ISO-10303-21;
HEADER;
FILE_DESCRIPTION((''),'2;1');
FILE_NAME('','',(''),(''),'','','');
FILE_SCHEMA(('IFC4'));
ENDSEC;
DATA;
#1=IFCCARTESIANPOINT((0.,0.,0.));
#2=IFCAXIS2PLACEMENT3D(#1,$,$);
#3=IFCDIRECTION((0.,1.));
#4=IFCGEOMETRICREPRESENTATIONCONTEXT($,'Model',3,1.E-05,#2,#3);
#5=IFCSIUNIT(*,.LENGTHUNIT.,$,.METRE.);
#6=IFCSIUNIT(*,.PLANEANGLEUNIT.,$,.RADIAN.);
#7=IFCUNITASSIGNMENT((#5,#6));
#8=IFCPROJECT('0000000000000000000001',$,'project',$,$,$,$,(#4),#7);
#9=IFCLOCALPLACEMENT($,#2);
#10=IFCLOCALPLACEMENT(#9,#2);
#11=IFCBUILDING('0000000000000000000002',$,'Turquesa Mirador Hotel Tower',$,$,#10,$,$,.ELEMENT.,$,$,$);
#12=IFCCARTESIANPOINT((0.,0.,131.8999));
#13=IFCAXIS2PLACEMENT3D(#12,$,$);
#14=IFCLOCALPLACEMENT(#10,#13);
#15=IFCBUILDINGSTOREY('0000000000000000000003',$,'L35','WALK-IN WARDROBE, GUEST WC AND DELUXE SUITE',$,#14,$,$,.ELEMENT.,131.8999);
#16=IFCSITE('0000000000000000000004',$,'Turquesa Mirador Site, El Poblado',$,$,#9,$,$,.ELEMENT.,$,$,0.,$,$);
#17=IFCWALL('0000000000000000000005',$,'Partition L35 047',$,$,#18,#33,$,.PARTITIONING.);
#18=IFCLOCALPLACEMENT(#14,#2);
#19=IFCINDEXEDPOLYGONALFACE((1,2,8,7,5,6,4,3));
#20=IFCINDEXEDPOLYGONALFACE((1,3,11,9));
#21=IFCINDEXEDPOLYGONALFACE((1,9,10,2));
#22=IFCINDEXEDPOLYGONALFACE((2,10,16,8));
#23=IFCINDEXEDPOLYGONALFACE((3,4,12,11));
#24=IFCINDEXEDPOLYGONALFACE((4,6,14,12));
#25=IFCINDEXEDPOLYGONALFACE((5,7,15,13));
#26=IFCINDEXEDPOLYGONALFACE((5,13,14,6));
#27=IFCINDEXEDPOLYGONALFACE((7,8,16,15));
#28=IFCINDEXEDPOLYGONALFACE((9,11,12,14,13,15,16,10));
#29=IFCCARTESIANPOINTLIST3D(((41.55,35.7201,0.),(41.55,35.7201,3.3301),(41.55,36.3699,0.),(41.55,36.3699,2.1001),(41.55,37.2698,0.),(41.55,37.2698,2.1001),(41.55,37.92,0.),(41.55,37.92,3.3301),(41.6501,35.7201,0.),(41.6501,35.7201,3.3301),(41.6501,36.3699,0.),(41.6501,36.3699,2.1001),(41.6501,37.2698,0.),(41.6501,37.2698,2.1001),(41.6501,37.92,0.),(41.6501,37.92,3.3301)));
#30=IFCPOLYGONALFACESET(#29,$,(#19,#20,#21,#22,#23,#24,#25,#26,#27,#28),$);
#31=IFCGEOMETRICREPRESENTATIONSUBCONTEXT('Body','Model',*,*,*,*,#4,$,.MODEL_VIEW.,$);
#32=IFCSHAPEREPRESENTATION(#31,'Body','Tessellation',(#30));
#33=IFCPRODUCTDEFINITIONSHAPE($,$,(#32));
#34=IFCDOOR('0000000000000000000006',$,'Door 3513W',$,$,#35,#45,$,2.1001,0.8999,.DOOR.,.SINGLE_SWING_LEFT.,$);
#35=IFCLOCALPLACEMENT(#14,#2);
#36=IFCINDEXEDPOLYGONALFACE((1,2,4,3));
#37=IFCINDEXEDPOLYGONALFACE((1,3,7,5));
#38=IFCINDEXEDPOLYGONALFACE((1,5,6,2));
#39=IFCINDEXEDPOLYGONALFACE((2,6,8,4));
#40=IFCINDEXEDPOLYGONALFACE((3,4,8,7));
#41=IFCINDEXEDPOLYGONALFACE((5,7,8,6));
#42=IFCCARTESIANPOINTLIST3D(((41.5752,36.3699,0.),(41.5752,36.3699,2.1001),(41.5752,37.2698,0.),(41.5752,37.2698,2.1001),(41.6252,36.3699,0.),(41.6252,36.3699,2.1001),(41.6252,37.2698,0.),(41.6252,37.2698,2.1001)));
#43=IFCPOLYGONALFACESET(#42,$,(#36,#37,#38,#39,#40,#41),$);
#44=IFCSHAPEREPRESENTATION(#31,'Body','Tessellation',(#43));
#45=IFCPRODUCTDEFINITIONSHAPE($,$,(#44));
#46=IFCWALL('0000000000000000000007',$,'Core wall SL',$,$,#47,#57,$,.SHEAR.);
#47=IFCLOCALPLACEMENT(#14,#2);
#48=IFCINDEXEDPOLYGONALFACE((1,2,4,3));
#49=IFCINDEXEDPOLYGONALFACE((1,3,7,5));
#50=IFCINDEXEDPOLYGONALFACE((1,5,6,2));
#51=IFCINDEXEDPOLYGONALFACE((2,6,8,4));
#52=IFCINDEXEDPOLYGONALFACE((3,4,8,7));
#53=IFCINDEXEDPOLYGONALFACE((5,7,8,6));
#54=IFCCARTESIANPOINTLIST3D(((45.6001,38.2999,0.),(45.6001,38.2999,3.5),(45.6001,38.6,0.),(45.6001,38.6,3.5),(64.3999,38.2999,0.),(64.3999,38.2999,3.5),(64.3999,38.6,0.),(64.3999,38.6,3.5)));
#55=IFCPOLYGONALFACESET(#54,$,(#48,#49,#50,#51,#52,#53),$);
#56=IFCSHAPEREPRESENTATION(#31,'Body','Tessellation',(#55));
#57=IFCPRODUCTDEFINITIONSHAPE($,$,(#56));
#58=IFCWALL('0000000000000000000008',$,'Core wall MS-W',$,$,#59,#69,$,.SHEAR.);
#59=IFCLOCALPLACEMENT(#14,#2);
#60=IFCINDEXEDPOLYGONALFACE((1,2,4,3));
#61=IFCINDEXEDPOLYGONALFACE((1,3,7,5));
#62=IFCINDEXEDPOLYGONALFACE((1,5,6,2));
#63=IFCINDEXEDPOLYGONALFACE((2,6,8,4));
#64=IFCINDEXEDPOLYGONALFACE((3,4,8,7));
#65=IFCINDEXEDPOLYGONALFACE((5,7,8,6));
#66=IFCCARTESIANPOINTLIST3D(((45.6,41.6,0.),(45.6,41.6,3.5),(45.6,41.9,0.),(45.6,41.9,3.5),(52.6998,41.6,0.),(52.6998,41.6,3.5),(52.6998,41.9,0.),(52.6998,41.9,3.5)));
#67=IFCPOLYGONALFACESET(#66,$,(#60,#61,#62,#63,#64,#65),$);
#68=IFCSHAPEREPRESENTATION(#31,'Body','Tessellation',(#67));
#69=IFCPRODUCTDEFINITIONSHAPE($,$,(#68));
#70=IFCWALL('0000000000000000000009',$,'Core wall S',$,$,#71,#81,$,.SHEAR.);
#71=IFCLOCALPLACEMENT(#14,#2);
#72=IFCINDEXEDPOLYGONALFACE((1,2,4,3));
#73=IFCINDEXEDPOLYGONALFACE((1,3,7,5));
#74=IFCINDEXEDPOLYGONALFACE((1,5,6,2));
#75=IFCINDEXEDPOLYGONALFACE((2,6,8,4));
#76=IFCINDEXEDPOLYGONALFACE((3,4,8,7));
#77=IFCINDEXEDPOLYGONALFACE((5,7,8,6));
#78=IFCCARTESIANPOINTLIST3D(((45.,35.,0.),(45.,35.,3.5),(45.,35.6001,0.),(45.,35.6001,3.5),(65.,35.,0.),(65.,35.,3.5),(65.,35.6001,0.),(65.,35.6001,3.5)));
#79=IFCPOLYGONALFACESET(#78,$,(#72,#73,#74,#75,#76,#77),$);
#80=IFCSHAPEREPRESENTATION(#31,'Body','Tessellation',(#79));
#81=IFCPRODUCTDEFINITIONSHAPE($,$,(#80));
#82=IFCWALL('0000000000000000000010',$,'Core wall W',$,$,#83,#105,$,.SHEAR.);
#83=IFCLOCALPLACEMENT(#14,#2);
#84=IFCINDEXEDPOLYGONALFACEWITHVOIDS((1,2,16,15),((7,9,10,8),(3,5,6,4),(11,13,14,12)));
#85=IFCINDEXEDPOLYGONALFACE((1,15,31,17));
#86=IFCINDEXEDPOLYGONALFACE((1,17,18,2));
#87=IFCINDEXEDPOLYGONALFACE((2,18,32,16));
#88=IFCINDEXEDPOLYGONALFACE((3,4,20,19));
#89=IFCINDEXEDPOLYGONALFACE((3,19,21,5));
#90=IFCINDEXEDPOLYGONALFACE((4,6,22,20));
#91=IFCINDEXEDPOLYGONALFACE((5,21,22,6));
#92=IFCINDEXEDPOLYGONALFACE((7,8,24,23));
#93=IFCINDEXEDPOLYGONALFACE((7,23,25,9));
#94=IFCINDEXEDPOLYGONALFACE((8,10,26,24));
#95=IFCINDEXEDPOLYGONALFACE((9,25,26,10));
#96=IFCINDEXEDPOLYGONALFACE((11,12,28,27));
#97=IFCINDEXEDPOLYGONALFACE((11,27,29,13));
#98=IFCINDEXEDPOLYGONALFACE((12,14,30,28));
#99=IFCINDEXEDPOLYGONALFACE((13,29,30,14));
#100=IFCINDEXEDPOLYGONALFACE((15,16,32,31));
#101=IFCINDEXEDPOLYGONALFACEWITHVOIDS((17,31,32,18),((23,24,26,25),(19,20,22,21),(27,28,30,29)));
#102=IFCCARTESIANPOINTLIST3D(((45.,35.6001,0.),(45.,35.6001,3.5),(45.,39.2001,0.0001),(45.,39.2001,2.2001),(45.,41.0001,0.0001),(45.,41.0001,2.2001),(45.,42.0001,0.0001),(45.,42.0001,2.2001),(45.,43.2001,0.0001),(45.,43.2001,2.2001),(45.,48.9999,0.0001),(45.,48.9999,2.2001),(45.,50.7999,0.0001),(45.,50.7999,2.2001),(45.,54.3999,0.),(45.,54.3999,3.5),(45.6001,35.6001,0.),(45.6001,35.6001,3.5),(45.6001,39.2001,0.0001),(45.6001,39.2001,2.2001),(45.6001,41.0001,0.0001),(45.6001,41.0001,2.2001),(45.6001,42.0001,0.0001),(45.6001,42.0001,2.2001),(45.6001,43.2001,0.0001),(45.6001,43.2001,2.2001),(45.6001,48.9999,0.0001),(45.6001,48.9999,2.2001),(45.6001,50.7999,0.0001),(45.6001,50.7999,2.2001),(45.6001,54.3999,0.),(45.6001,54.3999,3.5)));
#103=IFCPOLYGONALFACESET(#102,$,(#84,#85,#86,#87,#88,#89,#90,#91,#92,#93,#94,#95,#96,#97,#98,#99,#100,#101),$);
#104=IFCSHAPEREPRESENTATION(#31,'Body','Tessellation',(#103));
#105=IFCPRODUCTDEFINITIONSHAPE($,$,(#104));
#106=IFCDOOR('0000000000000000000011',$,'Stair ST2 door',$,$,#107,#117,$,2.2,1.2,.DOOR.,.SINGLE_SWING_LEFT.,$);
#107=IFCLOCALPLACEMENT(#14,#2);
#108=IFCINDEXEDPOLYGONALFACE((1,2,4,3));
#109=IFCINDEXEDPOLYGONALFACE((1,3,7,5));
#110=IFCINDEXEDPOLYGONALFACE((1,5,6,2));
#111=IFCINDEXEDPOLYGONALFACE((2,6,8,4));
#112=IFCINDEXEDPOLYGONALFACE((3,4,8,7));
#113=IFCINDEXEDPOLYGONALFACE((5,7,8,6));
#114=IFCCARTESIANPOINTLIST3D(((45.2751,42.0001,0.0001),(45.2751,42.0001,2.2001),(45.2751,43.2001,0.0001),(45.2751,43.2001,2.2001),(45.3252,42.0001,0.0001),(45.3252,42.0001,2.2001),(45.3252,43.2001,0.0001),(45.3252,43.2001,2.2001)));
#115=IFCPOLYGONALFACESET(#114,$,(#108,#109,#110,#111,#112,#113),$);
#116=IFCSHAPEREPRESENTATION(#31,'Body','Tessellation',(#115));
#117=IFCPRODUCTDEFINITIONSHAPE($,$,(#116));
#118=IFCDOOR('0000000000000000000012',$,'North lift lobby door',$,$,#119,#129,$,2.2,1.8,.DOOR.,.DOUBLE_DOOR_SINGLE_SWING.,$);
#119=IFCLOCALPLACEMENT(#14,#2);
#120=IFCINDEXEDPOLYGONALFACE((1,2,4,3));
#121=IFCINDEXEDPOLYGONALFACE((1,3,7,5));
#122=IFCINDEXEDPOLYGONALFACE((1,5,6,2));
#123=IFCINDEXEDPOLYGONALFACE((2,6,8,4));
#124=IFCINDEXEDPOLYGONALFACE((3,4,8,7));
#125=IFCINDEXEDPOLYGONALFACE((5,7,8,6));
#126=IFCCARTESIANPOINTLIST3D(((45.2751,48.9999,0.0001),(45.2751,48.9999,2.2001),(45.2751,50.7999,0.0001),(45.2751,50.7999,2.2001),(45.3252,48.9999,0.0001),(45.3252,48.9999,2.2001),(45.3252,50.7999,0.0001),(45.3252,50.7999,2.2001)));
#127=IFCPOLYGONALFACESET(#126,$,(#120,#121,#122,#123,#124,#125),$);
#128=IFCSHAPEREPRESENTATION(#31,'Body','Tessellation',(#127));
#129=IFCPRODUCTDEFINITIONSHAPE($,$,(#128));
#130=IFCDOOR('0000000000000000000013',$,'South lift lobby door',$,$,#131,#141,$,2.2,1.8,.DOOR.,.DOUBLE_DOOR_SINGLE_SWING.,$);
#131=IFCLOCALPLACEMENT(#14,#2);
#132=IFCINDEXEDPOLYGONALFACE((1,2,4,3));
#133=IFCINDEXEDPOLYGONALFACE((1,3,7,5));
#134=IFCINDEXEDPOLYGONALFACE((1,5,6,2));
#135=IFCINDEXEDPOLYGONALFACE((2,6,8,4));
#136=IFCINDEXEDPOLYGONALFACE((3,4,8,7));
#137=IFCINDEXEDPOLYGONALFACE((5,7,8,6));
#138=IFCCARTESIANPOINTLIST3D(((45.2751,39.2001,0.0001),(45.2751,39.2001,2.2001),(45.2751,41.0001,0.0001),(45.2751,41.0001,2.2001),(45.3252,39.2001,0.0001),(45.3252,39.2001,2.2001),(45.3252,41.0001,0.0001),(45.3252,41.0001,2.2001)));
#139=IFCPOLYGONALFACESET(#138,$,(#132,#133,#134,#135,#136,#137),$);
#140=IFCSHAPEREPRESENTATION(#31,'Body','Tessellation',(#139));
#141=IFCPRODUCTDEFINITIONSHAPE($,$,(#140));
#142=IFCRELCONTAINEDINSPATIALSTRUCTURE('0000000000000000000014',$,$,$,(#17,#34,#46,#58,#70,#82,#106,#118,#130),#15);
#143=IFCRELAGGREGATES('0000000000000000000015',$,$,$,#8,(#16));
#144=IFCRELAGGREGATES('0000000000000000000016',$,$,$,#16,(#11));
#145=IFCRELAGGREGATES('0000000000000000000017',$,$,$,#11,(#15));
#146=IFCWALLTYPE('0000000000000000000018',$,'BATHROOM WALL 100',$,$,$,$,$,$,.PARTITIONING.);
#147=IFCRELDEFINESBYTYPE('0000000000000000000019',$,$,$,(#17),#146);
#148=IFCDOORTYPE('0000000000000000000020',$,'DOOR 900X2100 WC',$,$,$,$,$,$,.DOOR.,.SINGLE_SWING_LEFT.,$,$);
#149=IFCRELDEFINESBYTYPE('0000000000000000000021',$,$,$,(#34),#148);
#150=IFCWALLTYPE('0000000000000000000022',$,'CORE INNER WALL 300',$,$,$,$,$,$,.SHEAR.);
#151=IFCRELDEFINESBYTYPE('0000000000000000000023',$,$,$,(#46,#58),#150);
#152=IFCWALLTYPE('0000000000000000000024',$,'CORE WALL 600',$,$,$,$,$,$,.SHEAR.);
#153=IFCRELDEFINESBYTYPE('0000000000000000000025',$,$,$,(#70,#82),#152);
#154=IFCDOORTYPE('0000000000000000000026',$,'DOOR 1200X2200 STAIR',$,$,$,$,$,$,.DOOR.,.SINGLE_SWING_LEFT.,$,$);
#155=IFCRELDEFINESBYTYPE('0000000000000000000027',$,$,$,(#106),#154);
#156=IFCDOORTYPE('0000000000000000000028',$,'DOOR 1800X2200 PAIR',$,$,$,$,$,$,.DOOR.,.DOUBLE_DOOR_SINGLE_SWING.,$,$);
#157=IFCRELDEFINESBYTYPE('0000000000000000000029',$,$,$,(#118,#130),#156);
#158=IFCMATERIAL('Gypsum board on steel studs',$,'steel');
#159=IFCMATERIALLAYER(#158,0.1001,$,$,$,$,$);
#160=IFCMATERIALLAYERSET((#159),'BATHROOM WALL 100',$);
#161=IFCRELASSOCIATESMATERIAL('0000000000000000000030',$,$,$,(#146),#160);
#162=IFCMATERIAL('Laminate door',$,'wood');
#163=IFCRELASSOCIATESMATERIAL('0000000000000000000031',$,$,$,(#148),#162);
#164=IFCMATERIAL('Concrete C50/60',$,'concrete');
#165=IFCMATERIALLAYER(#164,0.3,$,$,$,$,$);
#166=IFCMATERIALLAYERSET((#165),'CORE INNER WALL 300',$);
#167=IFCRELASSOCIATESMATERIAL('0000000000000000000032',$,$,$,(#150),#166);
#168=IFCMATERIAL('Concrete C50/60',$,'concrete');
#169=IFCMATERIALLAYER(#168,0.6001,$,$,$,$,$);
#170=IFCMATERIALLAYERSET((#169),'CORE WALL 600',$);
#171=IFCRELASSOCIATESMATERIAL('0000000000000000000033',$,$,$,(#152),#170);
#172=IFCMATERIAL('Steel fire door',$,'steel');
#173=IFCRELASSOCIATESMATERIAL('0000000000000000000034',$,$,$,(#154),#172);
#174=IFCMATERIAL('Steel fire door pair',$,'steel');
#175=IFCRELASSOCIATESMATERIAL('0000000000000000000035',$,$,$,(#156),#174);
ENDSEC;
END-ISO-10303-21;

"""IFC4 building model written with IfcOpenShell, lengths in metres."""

from ifc_helpers import new_model, si_unit, direction, frame, frame_2d, origin, place, context, subcontext, project, spatial, rectangle, extrude, material, layer, layer_set, type_object, element, fill, save


model = new_model("IFC4")

# Units and contexts
model_context = context("Model", 3, precision=1e-05, world=origin(), true_north=direction((0.0, 1.0)))
body_context = subcontext(model_context, "Body", "Model", "MODEL_VIEW")
ifc_project = project(units=[si_unit("LENGTHUNIT", "METRE"), si_unit("PLANEANGLEUNIT", "RADIAN")], contexts=[model_context])

# Site, building, storey
site_placement = place(None, origin())
site = spatial("IfcSite", under=ifc_project, at=site_placement, Name="Turquesa Mirador Site, El Poblado", CompositionType="ELEMENT", RefElevation=0.0)
building_placement = place(site_placement, origin())
building = spatial("IfcBuilding", under=site, at=building_placement, Name="Turquesa Mirador Hotel Tower", CompositionType="ELEMENT")
storey_placement = place(building_placement, frame((0.0, 0.0, 131.8999)))
storey = spatial("IfcBuildingStorey", under=building, at=storey_placement, Name="L35", Description="WALK-IN WARDROBE, GUEST WC AND DELUXE SUITE", CompositionType="ELEMENT", Elevation=131.8999)

# Shared definitions
ifc_material_1 = material(Name="Gypsum board on steel studs", Category="steel")
ifc_layer_1 = layer(ifc_material_1, 0.1001)
ifc_layer_set_1 = layer_set([ifc_layer_1], Name="BATHROOM WALL 100")
wall_type_1 = type_object("IfcWallType", Name="BATHROOM WALL 100", PredefinedType="PARTITIONING", material=ifc_layer_set_1)
ifc_material_2 = material(Name="Laminate door", Category="wood")
door_type_1 = type_object("IfcDoorType", Name="DOOR 900X2100 WC", OperationType="SINGLE_SWING_LEFT", PredefinedType="DOOR", material=ifc_material_2)

# Wall, opening, door
wall_1_placement = place(storey_placement, frame((41.6001, 35.72, 0.0), z_axis=(0.0, 0.0, 1.0), x_axis=(0.0, 1.0, 0.0)))
wall_1 = element("IfcWall", 1, at=wall_1_placement, inside=storey, type_object=wall_type_1, Name="Partition L35 047", PredefinedType="PARTITIONING", context=body_context, shape_type="SweptSolid", body=[
    extrude(rectangle(XDim=2.2, YDim=0.1001, at=frame_2d((1.1001, 0.0))), origin(), (0.0, 0.0, 1.0), 3.3301),
])
opening_1_placement = place(wall_1_placement, frame((0.6499, 0.0, 0.0)))
opening_1 = element("IfcOpeningElement", 2, at=opening_1_placement, cuts=wall_1, PredefinedType="OPENING", context=body_context, shape_type="SweptSolid", body=[
    extrude(rectangle(XDim=0.8999, YDim=2.1001, at=frame_2d((0.45, 1.05))), frame((0.0, 0.0601, 0.0), z_axis=(0.0, -1.0, 0.0), x_axis=(1.0, 0.0, 0.0)), (0.0, 0.0, 1.0), 0.1201),
])
door_1_placement = place(opening_1_placement, origin())
door_1 = element("IfcDoor", 3, at=door_1_placement, inside=storey, type_object=door_type_1, Name="Door 3513W", OperationType="SINGLE_SWING_LEFT", OverallHeight=2.1001, OverallWidth=0.8999, PredefinedType="DOOR", context=body_context, shape_type="SweptSolid", body=[
    extrude(rectangle(XDim=0.8999, YDim=2.1001, at=frame_2d((0.45, 1.05))), frame((0.0, 0.0249, 0.0), z_axis=(0.0, -1.0, 0.0), x_axis=(1.0, 0.0, 0.0)), (0.0, 0.0, 1.0), 0.05),
])
fill(opening_1, door_1)

# Walls
ifc_material_3 = material(Name="Concrete C50/60", Category="concrete")
ifc_layer_2 = layer(ifc_material_3, 0.3)
ifc_layer_set_2 = layer_set([ifc_layer_2], Name="CORE INNER WALL 300")
wall_type_2 = type_object("IfcWallType", Name="CORE INNER WALL 300", PredefinedType="SHEAR", material=ifc_layer_set_2)
wall_2_placement = place(storey_placement, frame((45.6001, 38.45, 0.0), z_axis=(0.0, 0.0, 1.0), x_axis=(1.0, 0.0, 0.0)))
element("IfcWall", 4, at=wall_2_placement, inside=storey, type_object=wall_type_2, Name="Core wall SL", PredefinedType="SHEAR", context=body_context, shape_type="SweptSolid", body=[
    extrude(rectangle(XDim=18.7998, YDim=0.3, at=frame_2d((9.3999, 0.0))), origin(), (0.0, 0.0, 1.0), 3.5),
])
wall_3_placement = place(storey_placement, frame((45.6001, 41.75, 0.0), z_axis=(0.0, 0.0, 1.0), x_axis=(1.0, 0.0, 0.0)))
element("IfcWall", 5, at=wall_3_placement, inside=storey, type_object=wall_type_2, Name="Core wall MS-W", PredefinedType="SHEAR", context=body_context, shape_type="SweptSolid", body=[
    extrude(rectangle(XDim=7.0999, YDim=0.3, at=frame_2d((3.5498, 0.0))), origin(), (0.0, 0.0, 1.0), 3.5),
])
ifc_material_4 = material(Name="Concrete C50/60", Category="concrete")
ifc_layer_3 = layer(ifc_material_4, 0.6001)
ifc_layer_set_3 = layer_set([ifc_layer_3], Name="CORE WALL 600")
wall_type_3 = type_object("IfcWallType", Name="CORE WALL 600", PredefinedType="SHEAR", material=ifc_layer_set_3)
wall_4_placement = place(storey_placement, frame((45.0, 35.3, 0.0), z_axis=(0.0, 0.0, 1.0), x_axis=(1.0, 0.0, 0.0)))
element("IfcWall", 6, at=wall_4_placement, inside=storey, type_object=wall_type_3, Name="Core wall S", PredefinedType="SHEAR", context=body_context, shape_type="SweptSolid", body=[
    extrude(rectangle(XDim=20.0, YDim=0.6001, at=frame_2d((10.0, 0.0))), origin(), (0.0, 0.0, 1.0), 3.5),
])

# Wall, openings, doors
wall_5_placement = place(storey_placement, frame((45.3, 35.6001, 0.0), z_axis=(0.0, 0.0, 1.0), x_axis=(0.0, 1.0, 0.0)))
wall_5 = element("IfcWall", 7, at=wall_5_placement, inside=storey, type_object=wall_type_3, Name="Core wall W", PredefinedType="SHEAR", context=body_context, shape_type="SweptSolid", body=[
    extrude(rectangle(XDim=18.7998, YDim=0.6001, at=frame_2d((9.3999, 0.0))), origin(), (0.0, 0.0, 1.0), 3.5),
])
opening_2_placement = place(wall_5_placement, frame((13.3999, 0.0, 0.0)))
opening_2 = element("IfcOpeningElement", 8, at=opening_2_placement, cuts=wall_5, PredefinedType="OPENING", context=body_context, shape_type="SweptSolid", body=[
    extrude(rectangle(XDim=1.8, YDim=2.2, at=frame_2d((0.8999, 1.1001))), frame((0.0, 0.3101, 0.0), z_axis=(0.0, -1.0, 0.0), x_axis=(1.0, 0.0, 0.0)), (0.0, 0.0, 1.0), 0.6201),
])
opening_3_placement = place(wall_5_placement, frame((3.6001, 0.0, 0.0)))
opening_3 = element("IfcOpeningElement", 9, at=opening_3_placement, cuts=wall_5, PredefinedType="OPENING", context=body_context, shape_type="SweptSolid", body=[
    extrude(rectangle(XDim=1.8, YDim=2.2, at=frame_2d((0.8999, 1.1001))), frame((0.0, 0.3101, 0.0), z_axis=(0.0, -1.0, 0.0), x_axis=(1.0, 0.0, 0.0)), (0.0, 0.0, 1.0), 0.6201),
])
opening_4_placement = place(wall_5_placement, frame((6.3999, 0.0, 0.0)))
opening_4 = element("IfcOpeningElement", 10, at=opening_4_placement, cuts=wall_5, PredefinedType="OPENING", context=body_context, shape_type="SweptSolid", body=[
    extrude(rectangle(XDim=1.2, YDim=2.2, at=frame_2d((0.6001, 1.1001))), frame((0.0, 0.3101, 0.0), z_axis=(0.0, -1.0, 0.0), x_axis=(1.0, 0.0, 0.0)), (0.0, 0.0, 1.0), 0.6201),
])
ifc_material_5 = material(Name="Steel fire door", Category="steel")
door_type_2 = type_object("IfcDoorType", Name="DOOR 1200X2200 STAIR", OperationType="SINGLE_SWING_LEFT", PredefinedType="DOOR", material=ifc_material_5)
door_2_placement = place(opening_4_placement, origin())
door_2 = element("IfcDoor", 11, at=door_2_placement, inside=storey, type_object=door_type_2, Name="Stair ST2 door", OperationType="SINGLE_SWING_LEFT", OverallHeight=2.2, OverallWidth=1.2, PredefinedType="DOOR", context=body_context, shape_type="SweptSolid", body=[
    extrude(rectangle(XDim=1.2, YDim=2.2, at=frame_2d((0.6001, 1.1001))), frame((0.0, 0.0249, 0.0), z_axis=(0.0, -1.0, 0.0), x_axis=(1.0, 0.0, 0.0)), (0.0, 0.0, 1.0), 0.05),
])
fill(opening_4, door_2)
ifc_material_6 = material(Name="Steel fire door pair", Category="steel")
door_type_3 = type_object("IfcDoorType", Name="DOOR 1800X2200 PAIR", OperationType="DOUBLE_DOOR_SINGLE_SWING", PredefinedType="DOOR", material=ifc_material_6)
door_3_placement = place(opening_2_placement, origin())
door_3 = element("IfcDoor", 12, at=door_3_placement, inside=storey, type_object=door_type_3, Name="North lift lobby door", OperationType="DOUBLE_DOOR_SINGLE_SWING", OverallHeight=2.2, OverallWidth=1.8, PredefinedType="DOOR", context=body_context, shape_type="SweptSolid", body=[
    extrude(rectangle(XDim=1.8, YDim=2.2, at=frame_2d((0.8999, 1.1001))), frame((0.0, 0.0249, 0.0), z_axis=(0.0, -1.0, 0.0), x_axis=(1.0, 0.0, 0.0)), (0.0, 0.0, 1.0), 0.05),
])
fill(opening_2, door_3)
door_4_placement = place(opening_3_placement, origin())
door_4 = element("IfcDoor", 13, at=door_4_placement, inside=storey, type_object=door_type_3, Name="South lift lobby door", OperationType="DOUBLE_DOOR_SINGLE_SWING", OverallHeight=2.2, OverallWidth=1.8, PredefinedType="DOOR", context=body_context, shape_type="SweptSolid", body=[
    extrude(rectangle(XDim=1.8, YDim=2.2, at=frame_2d((0.8999, 1.1001))), frame((0.0, 0.0249, 0.0), z_axis=(0.0, -1.0, 0.0), x_axis=(1.0, 0.0, 0.0)), (0.0, 0.0, 1.0), 0.05),
])
fill(opening_3, door_4)

save(model, "model.ifc")
